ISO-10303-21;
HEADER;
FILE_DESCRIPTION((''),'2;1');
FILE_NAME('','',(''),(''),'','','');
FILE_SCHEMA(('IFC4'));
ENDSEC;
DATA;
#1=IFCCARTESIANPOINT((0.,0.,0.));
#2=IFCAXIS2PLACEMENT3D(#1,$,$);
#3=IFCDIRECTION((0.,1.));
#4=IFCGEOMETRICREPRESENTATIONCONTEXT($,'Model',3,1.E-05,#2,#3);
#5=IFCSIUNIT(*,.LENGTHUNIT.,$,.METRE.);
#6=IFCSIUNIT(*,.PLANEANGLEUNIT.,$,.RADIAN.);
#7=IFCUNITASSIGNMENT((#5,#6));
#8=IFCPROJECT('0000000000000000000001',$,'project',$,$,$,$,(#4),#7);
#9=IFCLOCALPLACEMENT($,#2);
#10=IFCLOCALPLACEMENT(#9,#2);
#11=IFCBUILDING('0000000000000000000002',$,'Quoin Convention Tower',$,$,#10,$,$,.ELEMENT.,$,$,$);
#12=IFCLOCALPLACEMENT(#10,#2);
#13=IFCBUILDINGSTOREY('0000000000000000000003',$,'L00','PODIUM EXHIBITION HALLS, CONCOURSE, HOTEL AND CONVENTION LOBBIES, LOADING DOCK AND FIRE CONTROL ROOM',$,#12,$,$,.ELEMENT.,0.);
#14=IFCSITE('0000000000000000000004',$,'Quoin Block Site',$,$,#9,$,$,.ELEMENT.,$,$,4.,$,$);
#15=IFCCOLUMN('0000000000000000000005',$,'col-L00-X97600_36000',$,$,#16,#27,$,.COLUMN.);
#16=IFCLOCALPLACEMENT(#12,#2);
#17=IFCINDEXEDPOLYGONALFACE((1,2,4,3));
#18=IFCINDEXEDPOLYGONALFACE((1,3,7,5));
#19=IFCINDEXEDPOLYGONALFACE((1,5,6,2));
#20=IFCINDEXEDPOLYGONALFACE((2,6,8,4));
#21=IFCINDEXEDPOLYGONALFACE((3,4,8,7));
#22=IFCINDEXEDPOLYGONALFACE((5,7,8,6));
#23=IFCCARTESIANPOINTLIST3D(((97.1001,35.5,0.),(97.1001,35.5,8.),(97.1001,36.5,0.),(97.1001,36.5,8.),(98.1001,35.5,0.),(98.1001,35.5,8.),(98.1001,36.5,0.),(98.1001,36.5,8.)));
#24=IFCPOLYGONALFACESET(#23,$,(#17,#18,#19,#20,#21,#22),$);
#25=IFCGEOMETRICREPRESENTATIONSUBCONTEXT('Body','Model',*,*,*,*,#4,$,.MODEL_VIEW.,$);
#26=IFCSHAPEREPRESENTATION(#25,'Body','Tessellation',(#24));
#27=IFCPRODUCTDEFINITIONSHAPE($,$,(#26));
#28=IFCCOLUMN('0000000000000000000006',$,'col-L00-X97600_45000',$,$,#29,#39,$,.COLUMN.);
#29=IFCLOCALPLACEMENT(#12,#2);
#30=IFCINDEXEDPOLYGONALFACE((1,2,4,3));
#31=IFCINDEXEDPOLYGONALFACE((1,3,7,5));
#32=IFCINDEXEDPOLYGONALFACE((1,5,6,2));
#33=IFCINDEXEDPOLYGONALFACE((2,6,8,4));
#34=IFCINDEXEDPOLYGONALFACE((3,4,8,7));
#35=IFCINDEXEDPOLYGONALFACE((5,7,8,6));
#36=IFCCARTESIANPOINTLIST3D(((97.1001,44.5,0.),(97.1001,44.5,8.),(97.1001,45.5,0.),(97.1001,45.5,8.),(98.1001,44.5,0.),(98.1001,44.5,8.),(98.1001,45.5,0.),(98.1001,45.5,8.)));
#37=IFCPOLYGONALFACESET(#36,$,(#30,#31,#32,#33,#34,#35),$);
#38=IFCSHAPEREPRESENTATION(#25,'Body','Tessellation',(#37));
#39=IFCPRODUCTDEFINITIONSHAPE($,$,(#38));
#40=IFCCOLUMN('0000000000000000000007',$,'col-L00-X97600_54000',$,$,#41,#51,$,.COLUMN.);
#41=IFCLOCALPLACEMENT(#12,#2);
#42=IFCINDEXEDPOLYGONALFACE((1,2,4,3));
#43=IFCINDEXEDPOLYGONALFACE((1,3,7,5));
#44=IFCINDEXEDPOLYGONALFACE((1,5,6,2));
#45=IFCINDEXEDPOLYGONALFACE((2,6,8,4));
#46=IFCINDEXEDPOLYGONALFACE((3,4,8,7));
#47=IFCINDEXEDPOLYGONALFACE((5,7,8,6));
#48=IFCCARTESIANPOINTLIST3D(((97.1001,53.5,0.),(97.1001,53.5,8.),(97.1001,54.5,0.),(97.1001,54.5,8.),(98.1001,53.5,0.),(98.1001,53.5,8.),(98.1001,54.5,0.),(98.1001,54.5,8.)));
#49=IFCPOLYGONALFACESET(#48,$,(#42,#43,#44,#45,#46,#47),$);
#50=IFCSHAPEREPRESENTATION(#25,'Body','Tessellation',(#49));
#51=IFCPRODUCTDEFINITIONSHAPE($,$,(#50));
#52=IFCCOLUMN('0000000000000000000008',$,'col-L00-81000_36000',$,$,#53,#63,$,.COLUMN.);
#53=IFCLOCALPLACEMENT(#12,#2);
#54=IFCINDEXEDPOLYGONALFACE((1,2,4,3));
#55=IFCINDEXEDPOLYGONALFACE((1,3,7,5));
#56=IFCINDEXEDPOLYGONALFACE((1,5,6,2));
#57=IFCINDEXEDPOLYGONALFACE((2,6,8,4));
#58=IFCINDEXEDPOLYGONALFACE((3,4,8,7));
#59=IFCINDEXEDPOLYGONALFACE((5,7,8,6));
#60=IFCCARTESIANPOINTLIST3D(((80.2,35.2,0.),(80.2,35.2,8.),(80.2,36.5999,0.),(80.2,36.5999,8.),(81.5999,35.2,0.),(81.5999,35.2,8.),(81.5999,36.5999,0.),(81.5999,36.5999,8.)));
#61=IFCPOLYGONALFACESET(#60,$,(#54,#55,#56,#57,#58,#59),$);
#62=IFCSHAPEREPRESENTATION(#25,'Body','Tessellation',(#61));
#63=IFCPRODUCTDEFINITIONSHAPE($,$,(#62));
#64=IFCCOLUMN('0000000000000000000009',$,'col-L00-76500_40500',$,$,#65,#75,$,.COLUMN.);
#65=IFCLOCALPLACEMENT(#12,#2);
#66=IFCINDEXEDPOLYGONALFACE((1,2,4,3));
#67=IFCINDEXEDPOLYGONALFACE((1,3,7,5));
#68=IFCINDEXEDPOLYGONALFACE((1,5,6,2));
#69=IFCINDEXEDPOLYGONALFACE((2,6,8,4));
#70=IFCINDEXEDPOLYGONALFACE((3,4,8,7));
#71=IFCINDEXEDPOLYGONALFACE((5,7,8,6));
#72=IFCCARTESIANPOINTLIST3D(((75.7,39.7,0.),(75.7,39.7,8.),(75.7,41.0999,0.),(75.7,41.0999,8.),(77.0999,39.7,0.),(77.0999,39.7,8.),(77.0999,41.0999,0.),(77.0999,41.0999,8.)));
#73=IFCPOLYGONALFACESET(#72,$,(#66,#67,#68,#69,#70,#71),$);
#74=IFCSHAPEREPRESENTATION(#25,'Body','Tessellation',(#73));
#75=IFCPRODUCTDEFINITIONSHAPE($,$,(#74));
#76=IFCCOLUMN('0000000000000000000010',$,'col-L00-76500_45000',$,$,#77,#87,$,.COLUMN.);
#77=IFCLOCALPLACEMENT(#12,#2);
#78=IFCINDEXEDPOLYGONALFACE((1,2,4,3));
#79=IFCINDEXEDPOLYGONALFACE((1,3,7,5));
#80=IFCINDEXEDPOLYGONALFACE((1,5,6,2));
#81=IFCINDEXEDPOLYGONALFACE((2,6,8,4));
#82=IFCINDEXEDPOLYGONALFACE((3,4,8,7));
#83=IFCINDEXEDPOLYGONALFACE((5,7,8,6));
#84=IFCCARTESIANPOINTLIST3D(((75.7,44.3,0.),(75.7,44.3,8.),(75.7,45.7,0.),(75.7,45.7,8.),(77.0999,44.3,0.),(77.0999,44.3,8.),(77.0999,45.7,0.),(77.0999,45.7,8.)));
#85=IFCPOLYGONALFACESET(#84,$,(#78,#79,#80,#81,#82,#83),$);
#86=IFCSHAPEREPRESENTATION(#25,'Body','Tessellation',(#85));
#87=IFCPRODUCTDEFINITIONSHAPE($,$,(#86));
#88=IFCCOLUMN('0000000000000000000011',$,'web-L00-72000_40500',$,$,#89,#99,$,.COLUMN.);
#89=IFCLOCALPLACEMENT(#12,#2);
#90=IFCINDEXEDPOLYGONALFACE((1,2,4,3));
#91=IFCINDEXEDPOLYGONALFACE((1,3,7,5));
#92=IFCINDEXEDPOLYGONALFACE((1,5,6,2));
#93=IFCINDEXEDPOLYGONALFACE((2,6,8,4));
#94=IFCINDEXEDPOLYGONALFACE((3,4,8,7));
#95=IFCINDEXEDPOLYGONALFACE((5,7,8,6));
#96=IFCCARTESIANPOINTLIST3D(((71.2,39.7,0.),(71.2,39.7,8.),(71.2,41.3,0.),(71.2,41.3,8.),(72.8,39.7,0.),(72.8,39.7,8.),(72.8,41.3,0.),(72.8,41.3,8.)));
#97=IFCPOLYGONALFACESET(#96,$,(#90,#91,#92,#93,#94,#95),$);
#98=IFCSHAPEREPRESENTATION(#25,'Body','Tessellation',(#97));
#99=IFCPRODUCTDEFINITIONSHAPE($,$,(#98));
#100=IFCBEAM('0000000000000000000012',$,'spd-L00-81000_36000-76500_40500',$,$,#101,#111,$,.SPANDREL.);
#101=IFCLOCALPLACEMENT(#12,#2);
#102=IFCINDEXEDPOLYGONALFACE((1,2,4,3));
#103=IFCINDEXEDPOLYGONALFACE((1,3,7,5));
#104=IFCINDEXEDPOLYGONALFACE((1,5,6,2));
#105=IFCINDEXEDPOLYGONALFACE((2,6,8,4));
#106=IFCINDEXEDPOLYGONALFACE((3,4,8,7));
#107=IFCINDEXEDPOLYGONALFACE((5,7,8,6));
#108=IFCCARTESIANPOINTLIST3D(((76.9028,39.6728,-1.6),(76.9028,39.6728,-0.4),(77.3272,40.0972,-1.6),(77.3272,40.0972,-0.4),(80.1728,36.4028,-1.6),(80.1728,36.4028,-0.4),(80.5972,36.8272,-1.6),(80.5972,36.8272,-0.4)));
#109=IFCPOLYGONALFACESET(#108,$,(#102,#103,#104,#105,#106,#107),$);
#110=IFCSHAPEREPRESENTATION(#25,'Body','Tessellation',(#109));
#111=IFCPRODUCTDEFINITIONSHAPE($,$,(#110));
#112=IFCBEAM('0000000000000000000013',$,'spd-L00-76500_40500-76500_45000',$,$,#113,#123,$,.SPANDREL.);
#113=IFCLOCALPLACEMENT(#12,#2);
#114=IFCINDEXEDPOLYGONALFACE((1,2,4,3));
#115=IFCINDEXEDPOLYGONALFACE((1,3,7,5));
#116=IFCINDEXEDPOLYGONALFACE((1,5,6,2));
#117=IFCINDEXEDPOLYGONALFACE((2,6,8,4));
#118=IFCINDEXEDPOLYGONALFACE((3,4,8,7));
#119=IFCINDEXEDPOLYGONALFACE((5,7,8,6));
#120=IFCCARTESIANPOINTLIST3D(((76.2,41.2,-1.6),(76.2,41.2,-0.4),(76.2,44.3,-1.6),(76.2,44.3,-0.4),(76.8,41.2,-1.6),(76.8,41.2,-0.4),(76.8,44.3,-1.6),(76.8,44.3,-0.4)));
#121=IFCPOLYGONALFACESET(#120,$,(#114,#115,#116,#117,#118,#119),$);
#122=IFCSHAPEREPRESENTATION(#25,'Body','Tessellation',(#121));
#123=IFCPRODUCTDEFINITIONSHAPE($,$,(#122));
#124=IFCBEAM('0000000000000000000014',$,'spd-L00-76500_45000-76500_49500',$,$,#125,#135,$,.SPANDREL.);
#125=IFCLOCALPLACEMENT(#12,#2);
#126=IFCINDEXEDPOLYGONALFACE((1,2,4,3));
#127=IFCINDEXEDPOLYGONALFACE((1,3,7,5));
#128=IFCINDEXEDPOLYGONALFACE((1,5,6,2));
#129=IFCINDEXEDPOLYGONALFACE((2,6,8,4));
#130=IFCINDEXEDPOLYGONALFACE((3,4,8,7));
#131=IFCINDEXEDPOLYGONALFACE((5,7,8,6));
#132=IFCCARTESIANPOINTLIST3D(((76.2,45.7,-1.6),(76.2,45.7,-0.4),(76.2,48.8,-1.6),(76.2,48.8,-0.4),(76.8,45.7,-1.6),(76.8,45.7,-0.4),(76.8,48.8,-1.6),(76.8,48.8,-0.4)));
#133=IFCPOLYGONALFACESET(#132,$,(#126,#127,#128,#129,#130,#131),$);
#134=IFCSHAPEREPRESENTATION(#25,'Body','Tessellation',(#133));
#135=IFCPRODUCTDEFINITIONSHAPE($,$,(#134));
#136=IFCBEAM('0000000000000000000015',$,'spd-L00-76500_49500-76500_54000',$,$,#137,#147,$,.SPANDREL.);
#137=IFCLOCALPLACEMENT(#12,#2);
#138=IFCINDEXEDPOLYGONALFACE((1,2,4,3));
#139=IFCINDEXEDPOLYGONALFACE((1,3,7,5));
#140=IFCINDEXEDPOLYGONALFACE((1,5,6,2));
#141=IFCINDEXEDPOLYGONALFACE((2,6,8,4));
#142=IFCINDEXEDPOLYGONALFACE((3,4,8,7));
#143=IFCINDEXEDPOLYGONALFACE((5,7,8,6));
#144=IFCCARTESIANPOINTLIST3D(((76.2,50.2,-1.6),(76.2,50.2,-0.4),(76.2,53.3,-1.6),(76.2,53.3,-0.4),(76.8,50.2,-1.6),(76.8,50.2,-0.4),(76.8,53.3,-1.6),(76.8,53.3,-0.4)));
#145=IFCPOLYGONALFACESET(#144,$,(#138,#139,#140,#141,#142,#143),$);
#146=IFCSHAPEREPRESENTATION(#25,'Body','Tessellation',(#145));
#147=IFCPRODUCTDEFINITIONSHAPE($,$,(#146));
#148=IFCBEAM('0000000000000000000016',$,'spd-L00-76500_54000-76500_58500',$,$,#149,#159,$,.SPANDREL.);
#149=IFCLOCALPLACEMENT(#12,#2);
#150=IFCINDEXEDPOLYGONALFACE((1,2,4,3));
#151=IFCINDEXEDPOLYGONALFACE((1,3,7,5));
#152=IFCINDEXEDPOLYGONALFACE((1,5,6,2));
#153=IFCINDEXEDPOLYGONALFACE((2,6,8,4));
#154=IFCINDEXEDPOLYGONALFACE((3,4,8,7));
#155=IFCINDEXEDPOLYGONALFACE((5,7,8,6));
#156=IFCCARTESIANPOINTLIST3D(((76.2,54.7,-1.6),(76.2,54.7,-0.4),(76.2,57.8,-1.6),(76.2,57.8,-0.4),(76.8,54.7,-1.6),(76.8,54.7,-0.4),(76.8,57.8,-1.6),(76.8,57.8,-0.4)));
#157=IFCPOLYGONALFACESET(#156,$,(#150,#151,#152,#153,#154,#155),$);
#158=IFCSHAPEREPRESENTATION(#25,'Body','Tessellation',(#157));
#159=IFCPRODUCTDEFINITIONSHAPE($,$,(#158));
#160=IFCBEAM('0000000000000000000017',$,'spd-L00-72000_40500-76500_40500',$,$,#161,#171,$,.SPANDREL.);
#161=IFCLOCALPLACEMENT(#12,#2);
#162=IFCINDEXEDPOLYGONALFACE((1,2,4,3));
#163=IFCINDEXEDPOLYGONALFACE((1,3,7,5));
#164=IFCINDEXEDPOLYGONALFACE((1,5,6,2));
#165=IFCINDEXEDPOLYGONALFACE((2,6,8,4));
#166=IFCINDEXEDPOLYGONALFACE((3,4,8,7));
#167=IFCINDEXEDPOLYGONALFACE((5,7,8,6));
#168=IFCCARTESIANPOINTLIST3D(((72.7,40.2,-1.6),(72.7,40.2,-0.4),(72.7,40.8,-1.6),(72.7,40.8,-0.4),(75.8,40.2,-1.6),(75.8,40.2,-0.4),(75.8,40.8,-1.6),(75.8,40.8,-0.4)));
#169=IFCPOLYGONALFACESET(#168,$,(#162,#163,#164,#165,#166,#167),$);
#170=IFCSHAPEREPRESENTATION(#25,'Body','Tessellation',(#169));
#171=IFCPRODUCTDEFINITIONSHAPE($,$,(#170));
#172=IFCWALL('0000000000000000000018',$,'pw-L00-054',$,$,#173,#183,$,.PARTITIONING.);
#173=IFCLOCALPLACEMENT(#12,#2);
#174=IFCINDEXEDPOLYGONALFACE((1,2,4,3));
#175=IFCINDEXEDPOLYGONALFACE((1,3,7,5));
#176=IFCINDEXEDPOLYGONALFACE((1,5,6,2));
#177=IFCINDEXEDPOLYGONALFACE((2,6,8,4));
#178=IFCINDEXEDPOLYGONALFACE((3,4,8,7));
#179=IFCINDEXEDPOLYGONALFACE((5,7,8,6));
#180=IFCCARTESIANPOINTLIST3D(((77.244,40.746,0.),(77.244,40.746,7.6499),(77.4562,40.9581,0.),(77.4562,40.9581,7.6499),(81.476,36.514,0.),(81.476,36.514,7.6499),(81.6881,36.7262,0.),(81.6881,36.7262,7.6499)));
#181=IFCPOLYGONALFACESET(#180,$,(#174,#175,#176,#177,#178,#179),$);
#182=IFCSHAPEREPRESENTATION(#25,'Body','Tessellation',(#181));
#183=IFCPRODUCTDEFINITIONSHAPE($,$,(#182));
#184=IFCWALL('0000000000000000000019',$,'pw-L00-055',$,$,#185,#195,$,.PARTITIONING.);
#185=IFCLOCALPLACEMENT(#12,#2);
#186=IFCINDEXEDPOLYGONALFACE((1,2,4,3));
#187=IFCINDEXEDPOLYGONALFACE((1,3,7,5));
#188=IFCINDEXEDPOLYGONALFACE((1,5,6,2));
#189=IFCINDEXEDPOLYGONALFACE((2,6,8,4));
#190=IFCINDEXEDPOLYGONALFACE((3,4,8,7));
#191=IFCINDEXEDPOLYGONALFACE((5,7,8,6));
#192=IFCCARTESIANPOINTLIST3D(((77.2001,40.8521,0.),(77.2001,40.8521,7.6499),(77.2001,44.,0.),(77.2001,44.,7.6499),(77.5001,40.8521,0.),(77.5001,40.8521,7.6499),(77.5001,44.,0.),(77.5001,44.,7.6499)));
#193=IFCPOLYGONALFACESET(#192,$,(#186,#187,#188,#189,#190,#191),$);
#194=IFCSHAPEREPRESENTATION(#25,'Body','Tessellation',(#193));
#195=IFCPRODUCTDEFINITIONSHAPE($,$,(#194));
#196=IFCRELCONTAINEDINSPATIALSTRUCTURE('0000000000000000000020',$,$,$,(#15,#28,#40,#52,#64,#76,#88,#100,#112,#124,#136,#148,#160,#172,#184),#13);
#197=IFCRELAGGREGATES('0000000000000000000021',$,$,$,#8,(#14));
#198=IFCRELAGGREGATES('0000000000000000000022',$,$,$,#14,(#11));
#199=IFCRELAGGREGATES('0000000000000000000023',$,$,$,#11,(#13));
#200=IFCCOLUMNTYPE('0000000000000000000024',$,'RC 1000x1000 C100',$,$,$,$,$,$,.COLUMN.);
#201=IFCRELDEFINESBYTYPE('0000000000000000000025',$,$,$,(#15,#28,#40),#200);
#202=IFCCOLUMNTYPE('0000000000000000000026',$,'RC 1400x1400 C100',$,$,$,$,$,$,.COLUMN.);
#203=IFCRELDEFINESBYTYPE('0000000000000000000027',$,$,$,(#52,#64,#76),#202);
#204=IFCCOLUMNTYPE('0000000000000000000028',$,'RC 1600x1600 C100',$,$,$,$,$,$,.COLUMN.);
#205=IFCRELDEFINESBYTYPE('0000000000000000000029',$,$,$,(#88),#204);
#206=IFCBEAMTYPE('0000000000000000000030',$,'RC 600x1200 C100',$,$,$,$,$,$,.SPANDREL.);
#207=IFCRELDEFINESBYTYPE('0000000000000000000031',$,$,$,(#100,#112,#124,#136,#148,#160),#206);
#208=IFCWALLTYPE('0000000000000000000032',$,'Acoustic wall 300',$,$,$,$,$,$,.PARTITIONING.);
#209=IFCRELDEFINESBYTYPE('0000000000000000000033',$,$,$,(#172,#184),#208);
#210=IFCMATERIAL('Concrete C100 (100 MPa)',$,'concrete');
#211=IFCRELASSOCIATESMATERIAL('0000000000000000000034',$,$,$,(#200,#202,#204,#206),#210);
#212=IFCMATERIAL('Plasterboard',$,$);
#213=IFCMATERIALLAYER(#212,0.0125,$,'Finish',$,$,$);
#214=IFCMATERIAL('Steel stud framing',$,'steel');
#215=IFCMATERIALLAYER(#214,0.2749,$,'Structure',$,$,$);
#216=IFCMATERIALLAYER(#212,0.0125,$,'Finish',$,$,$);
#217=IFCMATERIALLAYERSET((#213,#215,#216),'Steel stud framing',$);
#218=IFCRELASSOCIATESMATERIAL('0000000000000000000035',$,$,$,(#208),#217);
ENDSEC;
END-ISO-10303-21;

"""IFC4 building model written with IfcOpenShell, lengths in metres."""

from ifc_helpers import new_model, si_unit, direction, frame, frame_2d, origin, origin_2d, place, context, subcontext, project, spatial, rectangle, extrude, material, layer, layer_set, material_profile, profile_set, type_object, element, save


model = new_model("IFC4")

# Units and contexts
model_context = context("Model", 3, precision=1e-05, world=origin(), true_north=direction((0.0, 1.0)))
body_context = subcontext(model_context, "Body", "Model", "MODEL_VIEW")
ifc_project = project(units=[si_unit("LENGTHUNIT", "METRE"), si_unit("PLANEANGLEUNIT", "RADIAN")], contexts=[model_context])

# Site, building, storey
site_placement = place(None, origin())
site = spatial("IfcSite", under=ifc_project, at=site_placement, Name="Quoin Block Site", CompositionType="ELEMENT", RefElevation=4.0)
building_placement = place(site_placement, origin())
building = spatial("IfcBuilding", under=site, at=building_placement, Name="Quoin Convention Tower", CompositionType="ELEMENT")
storey_placement = place(building_placement, origin())
storey = spatial("IfcBuildingStorey", under=building, at=storey_placement, Name="L00", Description="PODIUM EXHIBITION HALLS, CONCOURSE, HOTEL AND CONVENTION LOBBIES, LOADING DOCK AND FIRE CONTROL ROOM", CompositionType="ELEMENT", Elevation=0.0)

# Columns
ifc_material_1 = material(Name="Concrete C100 (100 MPa)", Category="concrete")
ifc_material_profile_1 = material_profile(ifc_material_1, rectangle(XDim=1.0, YDim=1.0, at=origin_2d()), Name="RC 1000x1000")
ifc_profile_set_1 = profile_set([ifc_material_profile_1], Name="Concrete C100 (100 MPa)")
column_type_1 = type_object("IfcColumnType", Name="RC 1000x1000 C100", PredefinedType="COLUMN", material=ifc_profile_set_1)
for number, where, z_axis, x_axis, name in (
    (1, (97.6001, 36.0, 0.0), (0.0, 0.0, 1.0), (1.0, 0.0, 0.0), "col-L00-X97600_36000"),
    (2, (97.6001, 45.0, 0.0), (0.0, 0.0, 1.0), (1.0, 0.0, 0.0), "col-L00-X97600_45000"),
    (3, (97.6001, 54.0, 0.0), (0.0, 0.0, 1.0), (1.0, 0.0, 0.0), "col-L00-X97600_54000"),
):
    element("IfcColumn", number, at=place(storey_placement, frame(where, z_axis=z_axis, x_axis=x_axis)), inside=storey, type_object=column_type_1, Name=name, PredefinedType="COLUMN", context=body_context, shape_type="SweptSolid", body=[
        extrude(rectangle(XDim=1.0, YDim=1.0, at=origin_2d()), origin(), (0.0, 0.0, 1.0), 8.0),
    ])
ifc_material_profile_2 = material_profile(ifc_material_1, rectangle(XDim=1.3999, YDim=1.3999, at=origin_2d()), Name="RC 1400x1400")
ifc_profile_set_2 = profile_set([ifc_material_profile_2], Name="Concrete C100 (100 MPa)")
column_type_2 = type_object("IfcColumnType", Name="RC 1400x1400 C100", PredefinedType="COLUMN", material=ifc_profile_set_2)
for number, where, z_axis, x_axis, name in (
    (4, (80.8999, 35.8999, 0.0), (0.0, 0.0, 1.0), (1.0, 0.0, 0.0), "col-L00-81000_36000"),
    (5, (76.3999, 40.3999, 0.0), (0.0, 0.0, 1.0), (1.0, 0.0, 0.0), "col-L00-76500_40500"),
    (6, (76.3999, 45.0, 0.0), (0.0, 0.0, 1.0), (1.0, 0.0, 0.0), "col-L00-76500_45000"),
):
    element("IfcColumn", number, at=place(storey_placement, frame(where, z_axis=z_axis, x_axis=x_axis)), inside=storey, type_object=column_type_2, Name=name, PredefinedType="COLUMN", context=body_context, shape_type="SweptSolid", body=[
        extrude(rectangle(XDim=1.3999, YDim=1.3999, at=origin_2d()), origin(), (0.0, 0.0, 1.0), 8.0),
    ])
ifc_material_profile_3 = material_profile(ifc_material_1, rectangle(XDim=1.6001, YDim=1.6001, at=origin_2d()), Name="RC 1600x1600")
ifc_profile_set_3 = profile_set([ifc_material_profile_3], Name="Concrete C100 (100 MPa)")
column_type_3 = type_object("IfcColumnType", Name="RC 1600x1600 C100", PredefinedType="COLUMN", material=ifc_profile_set_3)
column_placement = place(storey_placement, frame((72.0, 40.5, 0.0), z_axis=(0.0, 0.0, 1.0), x_axis=(1.0, 0.0, 0.0)))
element("IfcColumn", 7, at=column_placement, inside=storey, type_object=column_type_3, Name="web-L00-72000_40500", PredefinedType="COLUMN", context=body_context, shape_type="SweptSolid", body=[
    extrude(rectangle(XDim=1.6001, YDim=1.6001, at=origin_2d()), origin(), (0.0, 0.0, 1.0), 8.0),
])

# Beams
ifc_material_profile_4 = material_profile(ifc_material_1, rectangle(XDim=0.6001, YDim=1.2, at=origin_2d()), Name="RC 600x1200")
ifc_profile_set_4 = profile_set([ifc_material_profile_4], Name="Concrete C100 (100 MPa)")
beam_type = type_object("IfcBeamType", Name="RC 600x1200 C100", PredefinedType="SPANDREL", material=ifc_profile_set_4)
beam_placement = place(storey_placement, frame((80.385, 36.615, -1.0), z_axis=(-0.707107, 0.707107, 0.0), x_axis=(-0.707107, -0.707107, 0.0)))
element("IfcBeam", 8, at=beam_placement, inside=storey, type_object=beam_type, Name="spd-L00-81000_36000-76500_40500", PredefinedType="SPANDREL", context=body_context, shape_type="SweptSolid", body=[
    extrude(rectangle(XDim=0.6001, YDim=1.2, at=origin_2d()), origin(), (0.0, 0.0, 1.0), 4.6245),
])
for number, where, z_axis, x_axis, name in (
    (9, (76.5, 41.2, -1.0), (0.0, 1.0, 0.0), (-1.0, 0.0, 0.0), "spd-L00-76500_40500-76500_45000"),
    (10, (76.5, 45.7, -1.0), (0.0, 1.0, 0.0), (-1.0, 0.0, 0.0), "spd-L00-76500_45000-76500_49500"),
    (11, (76.5, 50.2, -1.0), (0.0, 1.0, 0.0), (-1.0, 0.0, 0.0), "spd-L00-76500_49500-76500_54000"),
    (12, (76.5, 54.7, -1.0), (0.0, 1.0, 0.0), (-1.0, 0.0, 0.0), "spd-L00-76500_54000-76500_58500"),
    (13, (72.7, 40.5, -1.0), (1.0, 0.0, 0.0), (0.0, 1.0, 0.0), "spd-L00-72000_40500-76500_40500"),
):
    element("IfcBeam", number, at=place(storey_placement, frame(where, z_axis=z_axis, x_axis=x_axis)), inside=storey, type_object=beam_type, Name=name, PredefinedType="SPANDREL", context=body_context, shape_type="SweptSolid", body=[
        extrude(rectangle(XDim=0.6001, YDim=1.2, at=origin_2d()), origin(), (0.0, 0.0, 1.0), 3.1001),
    ])

# Walls
ifc_material_2 = material(Name="Plasterboard")
ifc_layer_1 = layer(ifc_material_2, 0.0125, Name="Finish")
ifc_material_3 = material(Name="Steel stud framing", Category="steel")
ifc_layer_2 = layer(ifc_material_3, 0.2749, Name="Structure")
ifc_layer_3 = layer(ifc_material_2, 0.0125, Name="Finish")
ifc_layer_set_1 = layer_set([ifc_layer_1, ifc_layer_2, ifc_layer_3], Name="Steel stud framing")
wall_type_1 = type_object("IfcWallType", Name="Acoustic wall 300", PredefinedType="PARTITIONING", material=ifc_layer_set_1)
wall_1_placement = place(storey_placement, frame((77.3501, 40.8521, 0.0), z_axis=(0.0, 0.0, 1.0), x_axis=(0.707107, -0.707107, 0.0)))
element("IfcWall", 14, at=wall_1_placement, inside=storey, type_object=wall_type_1, Name="pw-L00-054", PredefinedType="PARTITIONING", context=body_context, shape_type="SweptSolid", body=[
    extrude(rectangle(XDim=5.9849, YDim=0.3, at=frame_2d((2.9924, 0.0))), origin(), (0.0, 0.0, 1.0), 7.6499),
])
wall_2_placement = place(storey_placement, frame((77.3501, 40.8521, 0.0), z_axis=(0.0, 0.0, 1.0), x_axis=(0.0, 1.0, 0.0)))
element("IfcWall", 15, at=wall_2_placement, inside=storey, type_object=wall_type_1, Name="pw-L00-055", PredefinedType="PARTITIONING", context=body_context, shape_type="SweptSolid", body=[
    extrude(rectangle(XDim=3.1479, YDim=0.3, at=frame_2d((1.574, 0.0))), origin(), (0.0, 0.0, 1.0), 7.6499),
])

save(model, "model.ifc")
